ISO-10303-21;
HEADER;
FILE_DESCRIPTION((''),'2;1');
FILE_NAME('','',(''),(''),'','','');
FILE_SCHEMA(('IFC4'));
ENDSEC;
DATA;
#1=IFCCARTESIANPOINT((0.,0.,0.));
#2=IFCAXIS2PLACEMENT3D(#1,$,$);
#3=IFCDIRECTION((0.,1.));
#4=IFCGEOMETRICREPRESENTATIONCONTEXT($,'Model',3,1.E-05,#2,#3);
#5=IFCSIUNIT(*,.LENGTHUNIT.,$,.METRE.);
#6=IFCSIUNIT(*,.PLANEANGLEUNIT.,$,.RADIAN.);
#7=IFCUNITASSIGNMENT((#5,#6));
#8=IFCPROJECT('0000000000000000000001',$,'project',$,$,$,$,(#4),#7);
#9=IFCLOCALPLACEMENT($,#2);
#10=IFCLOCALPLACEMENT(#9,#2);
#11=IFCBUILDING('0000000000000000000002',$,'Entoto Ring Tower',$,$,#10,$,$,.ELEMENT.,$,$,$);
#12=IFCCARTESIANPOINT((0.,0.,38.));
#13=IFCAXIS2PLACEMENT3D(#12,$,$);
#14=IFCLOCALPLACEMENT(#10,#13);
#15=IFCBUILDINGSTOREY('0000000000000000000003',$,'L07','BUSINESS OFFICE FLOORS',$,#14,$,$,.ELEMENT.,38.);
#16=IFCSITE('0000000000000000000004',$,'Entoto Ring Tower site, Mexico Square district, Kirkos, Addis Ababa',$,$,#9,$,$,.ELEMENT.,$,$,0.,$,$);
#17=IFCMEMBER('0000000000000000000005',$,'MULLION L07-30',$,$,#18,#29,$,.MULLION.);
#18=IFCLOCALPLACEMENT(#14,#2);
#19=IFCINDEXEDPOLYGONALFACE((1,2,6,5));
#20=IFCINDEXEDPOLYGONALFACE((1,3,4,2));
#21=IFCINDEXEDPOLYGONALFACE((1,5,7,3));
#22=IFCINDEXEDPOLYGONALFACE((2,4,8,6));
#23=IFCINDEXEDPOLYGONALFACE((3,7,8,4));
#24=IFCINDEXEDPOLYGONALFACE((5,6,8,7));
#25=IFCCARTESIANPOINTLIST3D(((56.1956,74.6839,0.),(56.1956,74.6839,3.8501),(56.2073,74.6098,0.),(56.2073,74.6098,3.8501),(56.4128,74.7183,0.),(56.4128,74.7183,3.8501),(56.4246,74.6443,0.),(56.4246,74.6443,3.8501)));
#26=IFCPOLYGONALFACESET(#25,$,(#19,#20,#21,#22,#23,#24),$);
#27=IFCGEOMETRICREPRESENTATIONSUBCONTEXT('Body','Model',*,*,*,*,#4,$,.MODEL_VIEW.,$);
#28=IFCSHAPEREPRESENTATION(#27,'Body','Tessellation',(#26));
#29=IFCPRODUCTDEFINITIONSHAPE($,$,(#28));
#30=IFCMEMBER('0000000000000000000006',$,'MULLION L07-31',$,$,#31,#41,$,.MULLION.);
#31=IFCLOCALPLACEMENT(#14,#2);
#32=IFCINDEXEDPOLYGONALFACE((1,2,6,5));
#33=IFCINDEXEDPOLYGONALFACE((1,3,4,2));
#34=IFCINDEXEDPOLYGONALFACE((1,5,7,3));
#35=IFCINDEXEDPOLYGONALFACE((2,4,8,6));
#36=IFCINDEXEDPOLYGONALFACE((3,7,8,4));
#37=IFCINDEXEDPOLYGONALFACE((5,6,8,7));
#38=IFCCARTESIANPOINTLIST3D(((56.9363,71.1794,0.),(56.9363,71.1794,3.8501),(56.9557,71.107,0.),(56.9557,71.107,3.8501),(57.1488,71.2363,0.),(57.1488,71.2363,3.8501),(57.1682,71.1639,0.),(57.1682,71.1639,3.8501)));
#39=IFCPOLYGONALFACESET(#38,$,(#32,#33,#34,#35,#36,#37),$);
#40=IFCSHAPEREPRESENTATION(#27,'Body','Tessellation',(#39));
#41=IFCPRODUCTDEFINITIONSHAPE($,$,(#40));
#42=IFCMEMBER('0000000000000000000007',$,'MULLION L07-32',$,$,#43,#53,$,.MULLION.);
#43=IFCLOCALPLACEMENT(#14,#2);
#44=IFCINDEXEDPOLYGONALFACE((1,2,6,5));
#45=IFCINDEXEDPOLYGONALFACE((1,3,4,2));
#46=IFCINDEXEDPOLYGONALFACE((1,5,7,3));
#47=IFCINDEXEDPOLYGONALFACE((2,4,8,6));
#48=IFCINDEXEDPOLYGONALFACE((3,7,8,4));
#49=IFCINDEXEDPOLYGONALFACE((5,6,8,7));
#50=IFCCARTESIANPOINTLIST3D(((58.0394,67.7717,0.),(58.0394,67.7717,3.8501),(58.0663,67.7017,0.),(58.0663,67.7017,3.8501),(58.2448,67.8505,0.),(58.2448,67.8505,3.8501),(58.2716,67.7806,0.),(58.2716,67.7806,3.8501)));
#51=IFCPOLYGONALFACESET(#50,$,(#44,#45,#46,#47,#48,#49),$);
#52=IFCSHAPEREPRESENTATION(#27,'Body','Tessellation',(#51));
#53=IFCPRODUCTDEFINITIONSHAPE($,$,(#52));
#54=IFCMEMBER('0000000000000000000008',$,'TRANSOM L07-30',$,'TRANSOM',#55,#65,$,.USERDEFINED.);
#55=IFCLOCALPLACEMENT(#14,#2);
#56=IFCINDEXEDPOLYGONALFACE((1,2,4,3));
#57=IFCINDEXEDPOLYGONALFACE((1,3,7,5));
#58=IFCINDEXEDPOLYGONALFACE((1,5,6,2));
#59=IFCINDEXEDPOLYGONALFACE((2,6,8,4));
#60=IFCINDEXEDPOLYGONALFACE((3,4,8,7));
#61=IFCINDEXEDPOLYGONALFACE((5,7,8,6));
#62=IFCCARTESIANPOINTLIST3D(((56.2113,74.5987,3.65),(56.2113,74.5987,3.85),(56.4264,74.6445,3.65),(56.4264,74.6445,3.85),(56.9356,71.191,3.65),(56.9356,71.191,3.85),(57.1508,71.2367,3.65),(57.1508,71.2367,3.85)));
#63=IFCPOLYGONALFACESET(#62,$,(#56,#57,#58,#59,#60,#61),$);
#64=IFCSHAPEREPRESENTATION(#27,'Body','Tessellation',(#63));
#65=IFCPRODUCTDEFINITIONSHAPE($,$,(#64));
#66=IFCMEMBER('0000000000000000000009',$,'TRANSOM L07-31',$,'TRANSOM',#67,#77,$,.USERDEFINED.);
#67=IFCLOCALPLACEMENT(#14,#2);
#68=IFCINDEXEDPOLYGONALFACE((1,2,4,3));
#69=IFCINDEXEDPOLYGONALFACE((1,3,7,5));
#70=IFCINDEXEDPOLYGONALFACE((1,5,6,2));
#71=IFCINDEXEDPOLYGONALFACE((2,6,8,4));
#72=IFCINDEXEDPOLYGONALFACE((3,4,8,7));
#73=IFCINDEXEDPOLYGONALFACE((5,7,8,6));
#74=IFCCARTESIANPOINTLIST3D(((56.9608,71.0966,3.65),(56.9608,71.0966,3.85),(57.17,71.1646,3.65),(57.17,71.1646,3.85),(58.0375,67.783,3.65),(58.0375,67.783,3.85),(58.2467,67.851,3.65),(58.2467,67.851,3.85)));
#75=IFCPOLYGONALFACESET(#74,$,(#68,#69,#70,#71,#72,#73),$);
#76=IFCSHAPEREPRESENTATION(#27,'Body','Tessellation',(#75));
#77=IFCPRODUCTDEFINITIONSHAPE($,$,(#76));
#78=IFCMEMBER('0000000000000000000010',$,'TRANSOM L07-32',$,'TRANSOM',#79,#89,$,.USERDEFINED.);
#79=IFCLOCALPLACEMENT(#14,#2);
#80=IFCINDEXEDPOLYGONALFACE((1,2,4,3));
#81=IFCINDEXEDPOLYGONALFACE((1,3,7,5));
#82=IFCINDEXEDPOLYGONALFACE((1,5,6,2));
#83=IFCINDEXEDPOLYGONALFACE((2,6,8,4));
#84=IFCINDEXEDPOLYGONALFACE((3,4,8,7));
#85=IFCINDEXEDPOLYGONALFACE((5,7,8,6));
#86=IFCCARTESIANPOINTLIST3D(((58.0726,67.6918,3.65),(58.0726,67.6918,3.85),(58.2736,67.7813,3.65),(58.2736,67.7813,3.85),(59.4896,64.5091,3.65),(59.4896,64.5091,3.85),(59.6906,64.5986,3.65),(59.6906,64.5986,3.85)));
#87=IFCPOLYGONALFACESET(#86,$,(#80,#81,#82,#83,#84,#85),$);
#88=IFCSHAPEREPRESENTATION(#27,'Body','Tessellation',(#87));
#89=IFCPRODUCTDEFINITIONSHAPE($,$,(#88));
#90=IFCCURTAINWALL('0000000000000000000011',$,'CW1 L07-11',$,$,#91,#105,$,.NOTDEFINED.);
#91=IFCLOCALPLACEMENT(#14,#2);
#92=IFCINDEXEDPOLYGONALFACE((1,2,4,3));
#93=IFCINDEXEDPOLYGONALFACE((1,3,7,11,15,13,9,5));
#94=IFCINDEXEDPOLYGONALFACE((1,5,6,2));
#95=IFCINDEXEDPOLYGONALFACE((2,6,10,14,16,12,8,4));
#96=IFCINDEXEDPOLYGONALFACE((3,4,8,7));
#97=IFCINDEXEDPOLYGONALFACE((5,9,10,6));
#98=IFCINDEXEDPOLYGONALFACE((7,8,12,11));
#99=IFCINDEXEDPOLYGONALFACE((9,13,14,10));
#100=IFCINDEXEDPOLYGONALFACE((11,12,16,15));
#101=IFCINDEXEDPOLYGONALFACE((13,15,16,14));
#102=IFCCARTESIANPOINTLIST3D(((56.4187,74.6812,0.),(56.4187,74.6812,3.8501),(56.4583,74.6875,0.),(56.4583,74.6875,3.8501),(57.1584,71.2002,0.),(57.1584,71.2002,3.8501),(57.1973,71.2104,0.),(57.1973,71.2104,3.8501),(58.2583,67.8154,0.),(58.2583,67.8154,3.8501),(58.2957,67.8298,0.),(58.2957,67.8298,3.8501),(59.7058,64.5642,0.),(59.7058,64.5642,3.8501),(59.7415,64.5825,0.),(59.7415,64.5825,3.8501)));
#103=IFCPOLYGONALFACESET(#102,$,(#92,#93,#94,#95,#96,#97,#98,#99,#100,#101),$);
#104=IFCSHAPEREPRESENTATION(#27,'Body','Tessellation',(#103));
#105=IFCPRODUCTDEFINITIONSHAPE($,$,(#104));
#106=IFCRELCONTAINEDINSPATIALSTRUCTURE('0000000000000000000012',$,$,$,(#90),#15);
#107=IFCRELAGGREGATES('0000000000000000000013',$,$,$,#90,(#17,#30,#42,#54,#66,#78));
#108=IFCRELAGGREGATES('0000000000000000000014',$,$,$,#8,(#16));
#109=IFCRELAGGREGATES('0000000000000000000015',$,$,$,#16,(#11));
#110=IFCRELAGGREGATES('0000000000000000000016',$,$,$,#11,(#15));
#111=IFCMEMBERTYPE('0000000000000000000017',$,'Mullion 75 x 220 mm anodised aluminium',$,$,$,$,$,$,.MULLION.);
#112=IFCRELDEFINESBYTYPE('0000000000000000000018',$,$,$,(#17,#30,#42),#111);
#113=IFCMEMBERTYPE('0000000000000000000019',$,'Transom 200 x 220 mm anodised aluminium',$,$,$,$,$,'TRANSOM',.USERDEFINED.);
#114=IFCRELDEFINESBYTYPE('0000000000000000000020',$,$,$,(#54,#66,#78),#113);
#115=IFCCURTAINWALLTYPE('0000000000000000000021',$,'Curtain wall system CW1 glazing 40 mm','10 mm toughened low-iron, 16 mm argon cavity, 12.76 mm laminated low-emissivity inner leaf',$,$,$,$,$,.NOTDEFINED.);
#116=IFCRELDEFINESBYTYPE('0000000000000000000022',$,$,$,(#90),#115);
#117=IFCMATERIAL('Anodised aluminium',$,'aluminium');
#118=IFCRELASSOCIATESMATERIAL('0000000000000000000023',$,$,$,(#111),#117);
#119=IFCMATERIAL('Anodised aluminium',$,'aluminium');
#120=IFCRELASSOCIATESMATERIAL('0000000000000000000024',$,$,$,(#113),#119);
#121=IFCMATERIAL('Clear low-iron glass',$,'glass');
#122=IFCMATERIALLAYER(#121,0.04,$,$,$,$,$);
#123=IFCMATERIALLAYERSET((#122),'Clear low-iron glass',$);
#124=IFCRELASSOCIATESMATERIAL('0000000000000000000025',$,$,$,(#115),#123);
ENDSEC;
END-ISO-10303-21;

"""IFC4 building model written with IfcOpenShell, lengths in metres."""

from ifc_helpers import new_model, si_unit, direction, frame, origin, origin_2d, place, context, subcontext, project, spatial, polyline, rectangle, outline, extrude, material, layer, layer_set, material_profile, profile_set, type_object, element, aggregate, save


model = new_model("IFC4")

# Units and contexts
model_context = context("Model", 3, precision=1e-05, world=origin(), true_north=direction((0.0, 1.0)))
body_context = subcontext(model_context, "Body", "Model", "MODEL_VIEW")
ifc_project = project(units=[si_unit("LENGTHUNIT", "METRE"), si_unit("PLANEANGLEUNIT", "RADIAN")], contexts=[model_context])

# Members
ifc_material_1 = material(Name="Anodised aluminium", Category="aluminium")
ifc_material_profile_1 = material_profile(ifc_material_1, rectangle(XDim=0.075, YDim=0.22, at=origin_2d()), Name="Mullion 75 x 220 mm anodised aluminium")
ifc_profile_set_1 = profile_set([ifc_material_profile_1], Name="Anodised aluminium")
member_type_1 = type_object("IfcMemberType", Name="Mullion 75 x 220 mm anodised aluminium", PredefinedType="MULLION", material=ifc_profile_set_1)
site_placement = place(None, origin())
building_placement = place(site_placement, origin())
storey_placement = place(building_placement, frame((0.0, 0.0, 38.0)))
member_1_placement = place(storey_placement, frame((56.3101, 74.6641, 0.0), z_axis=(0.0, 0.0, 1.0), x_axis=(0.156434, -0.987688, 0.0)))
member_1 = element("IfcMember", 1, at=member_1_placement, type_object=member_type_1, Name="MULLION L07-30", PredefinedType="MULLION", context=body_context, shape_type="SweptSolid", body=[
    extrude(rectangle(XDim=0.075, YDim=0.22, at=origin_2d()), origin(), (0.0, 0.0, 1.0), 3.8501),
])
member_2_placement = place(storey_placement, frame((57.0522, 71.1716, 0.0), z_axis=(0.0, 0.0, 1.0), x_axis=(0.258819, -0.965926, 0.0)))
member_2 = element("IfcMember", 2, at=member_2_placement, type_object=member_type_1, Name="MULLION L07-31", PredefinedType="MULLION", context=body_context, shape_type="SweptSolid", body=[
    extrude(rectangle(XDim=0.075, YDim=0.22, at=origin_2d()), origin(), (0.0, 0.0, 1.0), 3.8501),
])
member_3_placement = place(storey_placement, frame((58.1555, 67.7761, 0.0), z_axis=(0.0, 0.0, 1.0), x_axis=(0.358368, -0.93358, 0.0)))
member_3 = element("IfcMember", 3, at=member_3_placement, type_object=member_type_1, Name="MULLION L07-32", PredefinedType="MULLION", context=body_context, shape_type="SweptSolid", body=[
    extrude(rectangle(XDim=0.075, YDim=0.22, at=origin_2d()), origin(), (0.0, 0.0, 1.0), 3.8501),
])
ifc_material_2 = material(Name="Anodised aluminium", Category="aluminium")
ifc_material_profile_2 = material_profile(ifc_material_2, rectangle(XDim=0.22, YDim=0.2, at=origin_2d()), Name="Transom 200 x 220 mm anodised aluminium")
ifc_profile_set_2 = profile_set([ifc_material_profile_2], Name="Anodised aluminium")
member_type_2 = type_object("IfcMemberType", Name="Transom 200 x 220 mm anodised aluminium", ElementType="TRANSOM", PredefinedType="USERDEFINED", material=ifc_profile_set_2)
member_4_placement = place(storey_placement, frame((56.3188, 74.6216, 3.75), z_axis=(0.207921, -0.978146, 0.0), x_axis=(0.978146, 0.207921, 0.0)))
member_4 = element("IfcMember", 4, at=member_4_placement, type_object=member_type_2, Name="TRANSOM L07-30", ObjectType="TRANSOM", PredefinedType="USERDEFINED", context=body_context, shape_type="SweptSolid", body=[
    extrude(rectangle(XDim=0.22, YDim=0.2, at=origin_2d()), origin(), (0.0, 0.0, 1.0), 3.4839),
])
member_5_placement = place(storey_placement, frame((57.0654, 71.1306, 3.75), z_axis=(0.309029, -0.951053, 0.0), x_axis=(0.951053, 0.309029, 0.0)))
member_5 = element("IfcMember", 5, at=member_5_placement, type_object=member_type_2, Name="TRANSOM L07-31", ObjectType="TRANSOM", PredefinedType="USERDEFINED", context=body_context, shape_type="SweptSolid", body=[
    extrude(rectangle(XDim=0.22, YDim=0.2, at=origin_2d()), origin(), (0.0, 0.0, 1.0), 3.4841),
])
member_6_placement = place(storey_placement, frame((58.1731, 67.7366, 3.75), z_axis=(0.406737, -0.913545, 0.0), x_axis=(0.913545, 0.406737, 0.0)))
member_6 = element("IfcMember", 6, at=member_6_placement, type_object=member_type_2, Name="TRANSOM L07-32", ObjectType="TRANSOM", PredefinedType="USERDEFINED", context=body_context, shape_type="SweptSolid", body=[
    extrude(rectangle(XDim=0.22, YDim=0.2, at=origin_2d()), origin(), (0.0, 0.0, 1.0), 3.4839),
])

# Site, building, storey
site = spatial("IfcSite", under=ifc_project, at=site_placement, Name="Entoto Ring Tower site, Mexico Square district, Kirkos, Addis Ababa", CompositionType="ELEMENT", RefElevation=0.0)
building = spatial("IfcBuilding", under=site, at=building_placement, Name="Entoto Ring Tower", CompositionType="ELEMENT")
storey = spatial("IfcBuildingStorey", under=building, at=storey_placement, Name="L07", Description="BUSINESS OFFICE FLOORS", CompositionType="ELEMENT", Elevation=38.0)

# Curtain wall
ifc_material_3 = material(Name="Clear low-iron glass", Category="glass")
ifc_layer = layer(ifc_material_3, 0.04)
ifc_layer_set = layer_set([ifc_layer], Name="Clear low-iron glass")
curtain_wall_type = type_object("IfcCurtainWallType", Name="Curtain wall system CW1 glazing 40 mm", Description="10 mm toughened low-iron, 16 mm argon cavity, 12.76 mm laminated low-emissivity inner leaf", PredefinedType="NOTDEFINED", material=ifc_layer_set)
curtain_wall_1_placement = place(storey_placement, origin())
curtain_wall_1 = element("IfcCurtainWall", 7, at=curtain_wall_1_placement, inside=storey, type_object=curtain_wall_type, Name="CW1 L07-11", PredefinedType="NOTDEFINED", context=body_context, shape_type="SweptSolid", body=[
    extrude(outline(polyline([(56.4187, 74.6812), (57.1584, 71.2002), (58.2583, 67.8154), (59.7058, 64.5642), (59.7415, 64.5825), (58.2957, 67.8298), (57.1973, 71.2104), (56.4583, 74.6875), (56.4187, 74.6812)])), origin(), (0.0, 0.0, 1.0), 3.8501),
])
aggregate(curtain_wall_1, [member_1, member_2, member_3, member_4, member_5, member_6])

save(model, "model.ifc")
